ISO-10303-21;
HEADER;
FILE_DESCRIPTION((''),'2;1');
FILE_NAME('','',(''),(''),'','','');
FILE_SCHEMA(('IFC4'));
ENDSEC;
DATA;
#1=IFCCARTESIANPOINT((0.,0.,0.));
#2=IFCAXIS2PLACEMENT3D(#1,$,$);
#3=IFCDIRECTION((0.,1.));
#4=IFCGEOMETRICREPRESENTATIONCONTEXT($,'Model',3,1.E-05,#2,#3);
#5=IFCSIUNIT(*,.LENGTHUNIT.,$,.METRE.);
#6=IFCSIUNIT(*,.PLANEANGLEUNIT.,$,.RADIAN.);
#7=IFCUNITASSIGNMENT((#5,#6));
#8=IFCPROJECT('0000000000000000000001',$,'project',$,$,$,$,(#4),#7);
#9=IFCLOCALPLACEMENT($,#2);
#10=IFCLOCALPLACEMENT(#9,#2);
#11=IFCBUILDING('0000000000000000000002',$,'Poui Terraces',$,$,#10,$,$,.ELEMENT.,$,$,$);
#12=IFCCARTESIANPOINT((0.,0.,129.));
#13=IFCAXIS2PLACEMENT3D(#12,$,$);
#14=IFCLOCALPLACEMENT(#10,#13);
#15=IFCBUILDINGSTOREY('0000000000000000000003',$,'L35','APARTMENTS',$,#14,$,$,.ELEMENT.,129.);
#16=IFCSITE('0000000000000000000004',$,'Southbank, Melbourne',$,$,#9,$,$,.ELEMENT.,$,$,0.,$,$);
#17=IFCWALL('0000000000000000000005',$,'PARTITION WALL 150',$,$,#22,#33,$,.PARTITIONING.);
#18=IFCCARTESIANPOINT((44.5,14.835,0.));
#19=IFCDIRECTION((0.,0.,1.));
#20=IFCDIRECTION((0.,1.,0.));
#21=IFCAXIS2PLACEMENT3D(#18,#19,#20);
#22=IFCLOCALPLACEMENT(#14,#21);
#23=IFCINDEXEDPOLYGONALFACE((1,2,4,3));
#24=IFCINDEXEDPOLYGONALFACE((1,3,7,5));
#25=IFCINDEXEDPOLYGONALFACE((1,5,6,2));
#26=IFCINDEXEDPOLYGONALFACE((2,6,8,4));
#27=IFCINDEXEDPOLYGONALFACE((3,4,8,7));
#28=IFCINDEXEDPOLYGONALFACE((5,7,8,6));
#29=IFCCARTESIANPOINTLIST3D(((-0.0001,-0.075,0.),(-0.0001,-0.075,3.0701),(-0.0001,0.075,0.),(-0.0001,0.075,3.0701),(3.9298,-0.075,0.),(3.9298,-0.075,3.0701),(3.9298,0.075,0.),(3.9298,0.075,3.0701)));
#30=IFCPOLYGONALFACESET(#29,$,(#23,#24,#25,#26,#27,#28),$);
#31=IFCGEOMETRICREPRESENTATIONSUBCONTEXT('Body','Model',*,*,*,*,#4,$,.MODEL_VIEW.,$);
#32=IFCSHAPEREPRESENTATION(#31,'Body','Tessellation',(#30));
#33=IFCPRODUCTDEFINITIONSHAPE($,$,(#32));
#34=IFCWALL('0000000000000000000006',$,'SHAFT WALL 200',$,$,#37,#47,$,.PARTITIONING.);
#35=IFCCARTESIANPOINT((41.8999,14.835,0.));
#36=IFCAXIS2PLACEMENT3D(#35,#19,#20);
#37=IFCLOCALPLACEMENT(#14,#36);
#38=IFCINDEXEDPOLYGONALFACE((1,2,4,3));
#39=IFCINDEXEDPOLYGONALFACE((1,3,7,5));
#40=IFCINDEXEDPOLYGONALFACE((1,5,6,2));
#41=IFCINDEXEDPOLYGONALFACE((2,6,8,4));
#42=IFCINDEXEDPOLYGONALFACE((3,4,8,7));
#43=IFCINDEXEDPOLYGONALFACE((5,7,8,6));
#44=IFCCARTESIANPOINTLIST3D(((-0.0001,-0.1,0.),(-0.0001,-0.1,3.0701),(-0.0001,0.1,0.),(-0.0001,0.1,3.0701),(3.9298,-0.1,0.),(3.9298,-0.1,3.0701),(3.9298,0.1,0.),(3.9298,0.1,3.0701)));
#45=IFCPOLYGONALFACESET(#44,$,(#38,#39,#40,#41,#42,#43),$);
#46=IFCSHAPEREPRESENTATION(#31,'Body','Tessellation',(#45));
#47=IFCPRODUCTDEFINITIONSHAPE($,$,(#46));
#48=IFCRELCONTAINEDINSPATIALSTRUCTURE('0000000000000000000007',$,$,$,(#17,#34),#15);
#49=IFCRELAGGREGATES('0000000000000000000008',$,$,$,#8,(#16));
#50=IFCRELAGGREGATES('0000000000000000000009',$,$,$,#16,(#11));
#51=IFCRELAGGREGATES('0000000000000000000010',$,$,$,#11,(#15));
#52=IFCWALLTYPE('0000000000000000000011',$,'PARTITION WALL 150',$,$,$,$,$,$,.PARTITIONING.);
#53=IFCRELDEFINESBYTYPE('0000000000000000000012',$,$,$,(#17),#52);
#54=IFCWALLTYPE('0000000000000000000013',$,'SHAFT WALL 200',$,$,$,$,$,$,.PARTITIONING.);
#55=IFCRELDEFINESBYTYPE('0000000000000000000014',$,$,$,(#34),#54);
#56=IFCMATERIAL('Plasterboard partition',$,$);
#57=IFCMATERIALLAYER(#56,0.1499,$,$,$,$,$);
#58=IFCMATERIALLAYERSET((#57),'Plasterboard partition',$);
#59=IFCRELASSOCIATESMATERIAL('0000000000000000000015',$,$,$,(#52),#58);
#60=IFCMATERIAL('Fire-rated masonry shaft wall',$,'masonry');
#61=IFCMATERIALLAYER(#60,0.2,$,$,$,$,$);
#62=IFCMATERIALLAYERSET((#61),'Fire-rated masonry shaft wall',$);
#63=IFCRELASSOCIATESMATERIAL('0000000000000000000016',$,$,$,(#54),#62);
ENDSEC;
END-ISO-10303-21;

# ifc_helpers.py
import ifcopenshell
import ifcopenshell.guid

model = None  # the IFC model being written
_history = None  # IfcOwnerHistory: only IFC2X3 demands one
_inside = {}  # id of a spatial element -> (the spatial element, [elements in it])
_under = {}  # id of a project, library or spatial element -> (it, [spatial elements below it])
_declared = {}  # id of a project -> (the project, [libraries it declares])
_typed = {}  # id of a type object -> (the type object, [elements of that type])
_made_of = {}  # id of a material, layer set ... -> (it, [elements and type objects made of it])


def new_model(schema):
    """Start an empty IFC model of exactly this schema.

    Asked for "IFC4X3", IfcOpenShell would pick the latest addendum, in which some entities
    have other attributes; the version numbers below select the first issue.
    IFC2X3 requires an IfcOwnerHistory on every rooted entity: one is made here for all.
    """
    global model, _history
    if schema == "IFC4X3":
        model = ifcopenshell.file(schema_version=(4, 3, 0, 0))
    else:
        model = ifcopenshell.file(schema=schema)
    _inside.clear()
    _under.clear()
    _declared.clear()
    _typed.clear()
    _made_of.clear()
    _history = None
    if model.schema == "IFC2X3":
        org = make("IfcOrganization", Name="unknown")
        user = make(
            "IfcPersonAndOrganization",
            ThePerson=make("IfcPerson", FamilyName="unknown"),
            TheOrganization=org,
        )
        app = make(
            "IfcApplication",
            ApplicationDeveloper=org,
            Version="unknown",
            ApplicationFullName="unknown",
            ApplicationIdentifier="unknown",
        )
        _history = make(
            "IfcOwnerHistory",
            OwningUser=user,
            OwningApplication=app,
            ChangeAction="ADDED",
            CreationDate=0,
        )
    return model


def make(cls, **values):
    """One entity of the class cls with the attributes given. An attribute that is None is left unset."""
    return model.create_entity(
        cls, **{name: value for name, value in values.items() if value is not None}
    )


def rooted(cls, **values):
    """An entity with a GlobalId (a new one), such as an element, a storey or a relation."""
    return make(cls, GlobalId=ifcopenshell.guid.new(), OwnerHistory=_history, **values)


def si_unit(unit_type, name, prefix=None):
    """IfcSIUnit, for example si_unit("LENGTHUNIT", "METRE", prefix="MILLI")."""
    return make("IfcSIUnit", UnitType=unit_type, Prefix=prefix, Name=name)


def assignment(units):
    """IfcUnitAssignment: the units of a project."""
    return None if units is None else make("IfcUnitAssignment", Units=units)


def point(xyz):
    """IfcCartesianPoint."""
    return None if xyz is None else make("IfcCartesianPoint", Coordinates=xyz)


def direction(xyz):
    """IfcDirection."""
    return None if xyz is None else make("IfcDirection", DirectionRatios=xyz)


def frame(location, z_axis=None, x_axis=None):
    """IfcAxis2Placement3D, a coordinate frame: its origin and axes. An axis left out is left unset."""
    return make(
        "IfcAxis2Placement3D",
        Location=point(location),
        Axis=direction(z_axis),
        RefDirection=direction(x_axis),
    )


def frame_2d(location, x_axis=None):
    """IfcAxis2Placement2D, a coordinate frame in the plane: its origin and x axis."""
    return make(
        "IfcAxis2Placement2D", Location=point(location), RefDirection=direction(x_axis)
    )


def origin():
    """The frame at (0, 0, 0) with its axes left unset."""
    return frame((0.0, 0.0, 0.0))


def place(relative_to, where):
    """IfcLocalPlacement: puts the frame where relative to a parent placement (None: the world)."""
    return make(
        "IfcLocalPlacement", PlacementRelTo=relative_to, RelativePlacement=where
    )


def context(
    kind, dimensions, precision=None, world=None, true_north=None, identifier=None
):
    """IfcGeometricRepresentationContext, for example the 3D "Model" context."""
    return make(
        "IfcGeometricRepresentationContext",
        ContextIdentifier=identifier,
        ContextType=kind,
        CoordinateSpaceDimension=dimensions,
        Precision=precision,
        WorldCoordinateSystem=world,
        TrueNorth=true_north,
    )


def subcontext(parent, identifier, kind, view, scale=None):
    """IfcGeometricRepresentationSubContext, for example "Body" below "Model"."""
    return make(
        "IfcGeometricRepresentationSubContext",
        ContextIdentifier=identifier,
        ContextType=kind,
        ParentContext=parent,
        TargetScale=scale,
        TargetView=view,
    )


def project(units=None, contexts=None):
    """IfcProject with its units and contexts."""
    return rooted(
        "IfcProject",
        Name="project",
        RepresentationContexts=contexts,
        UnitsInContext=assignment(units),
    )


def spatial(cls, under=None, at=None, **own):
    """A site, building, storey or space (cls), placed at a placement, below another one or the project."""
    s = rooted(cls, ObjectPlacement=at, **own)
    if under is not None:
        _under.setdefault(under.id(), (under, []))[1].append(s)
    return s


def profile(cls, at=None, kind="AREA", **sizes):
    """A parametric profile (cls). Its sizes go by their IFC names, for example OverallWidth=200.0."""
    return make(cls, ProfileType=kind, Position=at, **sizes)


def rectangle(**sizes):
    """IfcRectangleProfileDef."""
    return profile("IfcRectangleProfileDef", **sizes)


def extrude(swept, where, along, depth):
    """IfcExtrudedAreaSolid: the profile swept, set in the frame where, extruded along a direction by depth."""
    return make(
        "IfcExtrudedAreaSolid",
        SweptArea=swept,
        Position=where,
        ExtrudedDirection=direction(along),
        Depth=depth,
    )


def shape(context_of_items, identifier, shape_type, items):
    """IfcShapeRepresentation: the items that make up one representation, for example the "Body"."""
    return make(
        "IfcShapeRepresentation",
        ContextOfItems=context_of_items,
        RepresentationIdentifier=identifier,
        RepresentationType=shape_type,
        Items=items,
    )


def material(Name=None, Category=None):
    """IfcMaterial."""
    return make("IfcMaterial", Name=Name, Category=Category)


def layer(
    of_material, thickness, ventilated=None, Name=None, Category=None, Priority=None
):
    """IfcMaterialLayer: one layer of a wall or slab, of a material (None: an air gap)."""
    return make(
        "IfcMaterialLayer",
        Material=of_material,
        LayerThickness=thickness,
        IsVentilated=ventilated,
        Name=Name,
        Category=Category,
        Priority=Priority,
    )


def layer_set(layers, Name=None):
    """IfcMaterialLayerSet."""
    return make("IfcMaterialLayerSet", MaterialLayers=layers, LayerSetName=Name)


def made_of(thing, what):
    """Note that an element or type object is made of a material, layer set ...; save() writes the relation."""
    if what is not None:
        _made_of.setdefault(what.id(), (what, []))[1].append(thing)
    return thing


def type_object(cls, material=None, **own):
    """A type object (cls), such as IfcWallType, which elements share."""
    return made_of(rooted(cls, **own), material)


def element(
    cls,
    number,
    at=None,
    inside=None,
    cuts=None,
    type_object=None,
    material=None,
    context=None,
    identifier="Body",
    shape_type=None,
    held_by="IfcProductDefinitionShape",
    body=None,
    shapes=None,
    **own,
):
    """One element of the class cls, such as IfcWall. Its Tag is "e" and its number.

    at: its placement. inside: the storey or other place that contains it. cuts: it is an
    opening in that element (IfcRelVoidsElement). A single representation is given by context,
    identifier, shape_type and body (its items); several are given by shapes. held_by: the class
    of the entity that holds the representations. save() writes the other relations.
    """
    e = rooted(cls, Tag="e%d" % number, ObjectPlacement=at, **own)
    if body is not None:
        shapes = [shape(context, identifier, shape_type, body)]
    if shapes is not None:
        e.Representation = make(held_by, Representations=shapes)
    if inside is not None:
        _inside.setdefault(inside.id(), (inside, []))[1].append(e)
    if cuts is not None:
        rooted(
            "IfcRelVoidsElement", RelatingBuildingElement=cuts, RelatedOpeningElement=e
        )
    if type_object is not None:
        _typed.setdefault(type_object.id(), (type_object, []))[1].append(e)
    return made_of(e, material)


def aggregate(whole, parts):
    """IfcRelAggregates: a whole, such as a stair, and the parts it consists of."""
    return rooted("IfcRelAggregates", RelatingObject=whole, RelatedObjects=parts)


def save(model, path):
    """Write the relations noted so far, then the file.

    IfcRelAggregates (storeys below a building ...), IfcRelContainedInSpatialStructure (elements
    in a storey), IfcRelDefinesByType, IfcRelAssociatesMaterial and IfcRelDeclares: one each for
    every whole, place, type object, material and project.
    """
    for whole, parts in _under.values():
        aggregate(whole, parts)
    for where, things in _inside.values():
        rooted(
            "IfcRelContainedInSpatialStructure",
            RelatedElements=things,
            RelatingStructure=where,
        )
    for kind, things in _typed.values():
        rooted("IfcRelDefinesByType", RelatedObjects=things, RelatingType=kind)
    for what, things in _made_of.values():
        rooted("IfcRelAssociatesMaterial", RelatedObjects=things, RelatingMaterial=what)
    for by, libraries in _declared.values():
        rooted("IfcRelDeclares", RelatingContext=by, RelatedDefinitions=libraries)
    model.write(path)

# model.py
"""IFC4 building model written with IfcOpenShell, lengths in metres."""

from ifc_helpers import new_model, si_unit, direction, frame, frame_2d, origin, place, context, subcontext, project, spatial, rectangle, extrude, material, layer, layer_set, type_object, element, save


model = new_model("IFC4")

# Units and contexts
model_context = context("Model", 3, precision=1e-05, world=origin(), true_north=direction((0.0, 1.0)))
body_context = subcontext(model_context, "Body", "Model", "MODEL_VIEW")
ifc_project = project(units=[si_unit("LENGTHUNIT", "METRE"), si_unit("PLANEANGLEUNIT", "RADIAN")], contexts=[model_context])

# Site, building, storey
site_placement = place(None, origin())
site = spatial("IfcSite", under=ifc_project, at=site_placement, Name="Southbank, Melbourne", CompositionType="ELEMENT", RefElevation=0.0)
building_placement = place(site_placement, origin())
building = spatial("IfcBuilding", under=site, at=building_placement, Name="Poui Terraces", CompositionType="ELEMENT")
storey_placement = place(building_placement, frame((0.0, 0.0, 129.0)))
storey = spatial("IfcBuildingStorey", under=building, at=storey_placement, Name="L35", Description="APARTMENTS", CompositionType="ELEMENT", Elevation=129.0)

# Wall
ifc_material_1 = material(Name="Plasterboard partition")
ifc_layer_1 = layer(ifc_material_1, 0.1499)
ifc_layer_set_1 = layer_set([ifc_layer_1], Name="Plasterboard partition")
wall_type_1 = type_object("IfcWallType", Name="PARTITION WALL 150", PredefinedType="PARTITIONING", material=ifc_layer_set_1)
wall_1_placement = place(storey_placement, frame((44.5, 14.835, 0.0), z_axis=(0.0, 0.0, 1.0), x_axis=(0.0, 1.0, 0.0)))
element("IfcWall", 1, at=wall_1_placement, inside=storey, type_object=wall_type_1, Name="PARTITION WALL 150", PredefinedType="PARTITIONING", context=body_context, shape_type="SweptSolid", body=[
    extrude(rectangle(XDim=3.9299, YDim=0.1499, at=frame_2d((1.9648, 0.0))), origin(), (0.0, 0.0, 1.0), 3.0701),
])

# Shared definitions
ifc_material_2 = material(Name="Fire-rated masonry shaft wall", Category="masonry")
ifc_layer_2 = layer(ifc_material_2, 0.2)
ifc_layer_set_2 = layer_set([ifc_layer_2], Name="Fire-rated masonry shaft wall")
wall_type_2 = type_object("IfcWallType", Name="SHAFT WALL 200", PredefinedType="PARTITIONING", material=ifc_layer_set_2)

# Wall
wall_2_placement = place(storey_placement, frame((41.8999, 14.835, 0.0), z_axis=(0.0, 0.0, 1.0), x_axis=(0.0, 1.0, 0.0)))
element("IfcWall", 2, at=wall_2_placement, inside=storey, type_object=wall_type_2, Name="SHAFT WALL 200", PredefinedType="PARTITIONING", context=body_context, shape_type="SweptSolid", body=[
    extrude(rectangle(XDim=3.9299, YDim=0.2, at=frame_2d((1.9648, 0.0))), origin(), (0.0, 0.0, 1.0), 3.0701),
])

save(model, "model.ifc")
